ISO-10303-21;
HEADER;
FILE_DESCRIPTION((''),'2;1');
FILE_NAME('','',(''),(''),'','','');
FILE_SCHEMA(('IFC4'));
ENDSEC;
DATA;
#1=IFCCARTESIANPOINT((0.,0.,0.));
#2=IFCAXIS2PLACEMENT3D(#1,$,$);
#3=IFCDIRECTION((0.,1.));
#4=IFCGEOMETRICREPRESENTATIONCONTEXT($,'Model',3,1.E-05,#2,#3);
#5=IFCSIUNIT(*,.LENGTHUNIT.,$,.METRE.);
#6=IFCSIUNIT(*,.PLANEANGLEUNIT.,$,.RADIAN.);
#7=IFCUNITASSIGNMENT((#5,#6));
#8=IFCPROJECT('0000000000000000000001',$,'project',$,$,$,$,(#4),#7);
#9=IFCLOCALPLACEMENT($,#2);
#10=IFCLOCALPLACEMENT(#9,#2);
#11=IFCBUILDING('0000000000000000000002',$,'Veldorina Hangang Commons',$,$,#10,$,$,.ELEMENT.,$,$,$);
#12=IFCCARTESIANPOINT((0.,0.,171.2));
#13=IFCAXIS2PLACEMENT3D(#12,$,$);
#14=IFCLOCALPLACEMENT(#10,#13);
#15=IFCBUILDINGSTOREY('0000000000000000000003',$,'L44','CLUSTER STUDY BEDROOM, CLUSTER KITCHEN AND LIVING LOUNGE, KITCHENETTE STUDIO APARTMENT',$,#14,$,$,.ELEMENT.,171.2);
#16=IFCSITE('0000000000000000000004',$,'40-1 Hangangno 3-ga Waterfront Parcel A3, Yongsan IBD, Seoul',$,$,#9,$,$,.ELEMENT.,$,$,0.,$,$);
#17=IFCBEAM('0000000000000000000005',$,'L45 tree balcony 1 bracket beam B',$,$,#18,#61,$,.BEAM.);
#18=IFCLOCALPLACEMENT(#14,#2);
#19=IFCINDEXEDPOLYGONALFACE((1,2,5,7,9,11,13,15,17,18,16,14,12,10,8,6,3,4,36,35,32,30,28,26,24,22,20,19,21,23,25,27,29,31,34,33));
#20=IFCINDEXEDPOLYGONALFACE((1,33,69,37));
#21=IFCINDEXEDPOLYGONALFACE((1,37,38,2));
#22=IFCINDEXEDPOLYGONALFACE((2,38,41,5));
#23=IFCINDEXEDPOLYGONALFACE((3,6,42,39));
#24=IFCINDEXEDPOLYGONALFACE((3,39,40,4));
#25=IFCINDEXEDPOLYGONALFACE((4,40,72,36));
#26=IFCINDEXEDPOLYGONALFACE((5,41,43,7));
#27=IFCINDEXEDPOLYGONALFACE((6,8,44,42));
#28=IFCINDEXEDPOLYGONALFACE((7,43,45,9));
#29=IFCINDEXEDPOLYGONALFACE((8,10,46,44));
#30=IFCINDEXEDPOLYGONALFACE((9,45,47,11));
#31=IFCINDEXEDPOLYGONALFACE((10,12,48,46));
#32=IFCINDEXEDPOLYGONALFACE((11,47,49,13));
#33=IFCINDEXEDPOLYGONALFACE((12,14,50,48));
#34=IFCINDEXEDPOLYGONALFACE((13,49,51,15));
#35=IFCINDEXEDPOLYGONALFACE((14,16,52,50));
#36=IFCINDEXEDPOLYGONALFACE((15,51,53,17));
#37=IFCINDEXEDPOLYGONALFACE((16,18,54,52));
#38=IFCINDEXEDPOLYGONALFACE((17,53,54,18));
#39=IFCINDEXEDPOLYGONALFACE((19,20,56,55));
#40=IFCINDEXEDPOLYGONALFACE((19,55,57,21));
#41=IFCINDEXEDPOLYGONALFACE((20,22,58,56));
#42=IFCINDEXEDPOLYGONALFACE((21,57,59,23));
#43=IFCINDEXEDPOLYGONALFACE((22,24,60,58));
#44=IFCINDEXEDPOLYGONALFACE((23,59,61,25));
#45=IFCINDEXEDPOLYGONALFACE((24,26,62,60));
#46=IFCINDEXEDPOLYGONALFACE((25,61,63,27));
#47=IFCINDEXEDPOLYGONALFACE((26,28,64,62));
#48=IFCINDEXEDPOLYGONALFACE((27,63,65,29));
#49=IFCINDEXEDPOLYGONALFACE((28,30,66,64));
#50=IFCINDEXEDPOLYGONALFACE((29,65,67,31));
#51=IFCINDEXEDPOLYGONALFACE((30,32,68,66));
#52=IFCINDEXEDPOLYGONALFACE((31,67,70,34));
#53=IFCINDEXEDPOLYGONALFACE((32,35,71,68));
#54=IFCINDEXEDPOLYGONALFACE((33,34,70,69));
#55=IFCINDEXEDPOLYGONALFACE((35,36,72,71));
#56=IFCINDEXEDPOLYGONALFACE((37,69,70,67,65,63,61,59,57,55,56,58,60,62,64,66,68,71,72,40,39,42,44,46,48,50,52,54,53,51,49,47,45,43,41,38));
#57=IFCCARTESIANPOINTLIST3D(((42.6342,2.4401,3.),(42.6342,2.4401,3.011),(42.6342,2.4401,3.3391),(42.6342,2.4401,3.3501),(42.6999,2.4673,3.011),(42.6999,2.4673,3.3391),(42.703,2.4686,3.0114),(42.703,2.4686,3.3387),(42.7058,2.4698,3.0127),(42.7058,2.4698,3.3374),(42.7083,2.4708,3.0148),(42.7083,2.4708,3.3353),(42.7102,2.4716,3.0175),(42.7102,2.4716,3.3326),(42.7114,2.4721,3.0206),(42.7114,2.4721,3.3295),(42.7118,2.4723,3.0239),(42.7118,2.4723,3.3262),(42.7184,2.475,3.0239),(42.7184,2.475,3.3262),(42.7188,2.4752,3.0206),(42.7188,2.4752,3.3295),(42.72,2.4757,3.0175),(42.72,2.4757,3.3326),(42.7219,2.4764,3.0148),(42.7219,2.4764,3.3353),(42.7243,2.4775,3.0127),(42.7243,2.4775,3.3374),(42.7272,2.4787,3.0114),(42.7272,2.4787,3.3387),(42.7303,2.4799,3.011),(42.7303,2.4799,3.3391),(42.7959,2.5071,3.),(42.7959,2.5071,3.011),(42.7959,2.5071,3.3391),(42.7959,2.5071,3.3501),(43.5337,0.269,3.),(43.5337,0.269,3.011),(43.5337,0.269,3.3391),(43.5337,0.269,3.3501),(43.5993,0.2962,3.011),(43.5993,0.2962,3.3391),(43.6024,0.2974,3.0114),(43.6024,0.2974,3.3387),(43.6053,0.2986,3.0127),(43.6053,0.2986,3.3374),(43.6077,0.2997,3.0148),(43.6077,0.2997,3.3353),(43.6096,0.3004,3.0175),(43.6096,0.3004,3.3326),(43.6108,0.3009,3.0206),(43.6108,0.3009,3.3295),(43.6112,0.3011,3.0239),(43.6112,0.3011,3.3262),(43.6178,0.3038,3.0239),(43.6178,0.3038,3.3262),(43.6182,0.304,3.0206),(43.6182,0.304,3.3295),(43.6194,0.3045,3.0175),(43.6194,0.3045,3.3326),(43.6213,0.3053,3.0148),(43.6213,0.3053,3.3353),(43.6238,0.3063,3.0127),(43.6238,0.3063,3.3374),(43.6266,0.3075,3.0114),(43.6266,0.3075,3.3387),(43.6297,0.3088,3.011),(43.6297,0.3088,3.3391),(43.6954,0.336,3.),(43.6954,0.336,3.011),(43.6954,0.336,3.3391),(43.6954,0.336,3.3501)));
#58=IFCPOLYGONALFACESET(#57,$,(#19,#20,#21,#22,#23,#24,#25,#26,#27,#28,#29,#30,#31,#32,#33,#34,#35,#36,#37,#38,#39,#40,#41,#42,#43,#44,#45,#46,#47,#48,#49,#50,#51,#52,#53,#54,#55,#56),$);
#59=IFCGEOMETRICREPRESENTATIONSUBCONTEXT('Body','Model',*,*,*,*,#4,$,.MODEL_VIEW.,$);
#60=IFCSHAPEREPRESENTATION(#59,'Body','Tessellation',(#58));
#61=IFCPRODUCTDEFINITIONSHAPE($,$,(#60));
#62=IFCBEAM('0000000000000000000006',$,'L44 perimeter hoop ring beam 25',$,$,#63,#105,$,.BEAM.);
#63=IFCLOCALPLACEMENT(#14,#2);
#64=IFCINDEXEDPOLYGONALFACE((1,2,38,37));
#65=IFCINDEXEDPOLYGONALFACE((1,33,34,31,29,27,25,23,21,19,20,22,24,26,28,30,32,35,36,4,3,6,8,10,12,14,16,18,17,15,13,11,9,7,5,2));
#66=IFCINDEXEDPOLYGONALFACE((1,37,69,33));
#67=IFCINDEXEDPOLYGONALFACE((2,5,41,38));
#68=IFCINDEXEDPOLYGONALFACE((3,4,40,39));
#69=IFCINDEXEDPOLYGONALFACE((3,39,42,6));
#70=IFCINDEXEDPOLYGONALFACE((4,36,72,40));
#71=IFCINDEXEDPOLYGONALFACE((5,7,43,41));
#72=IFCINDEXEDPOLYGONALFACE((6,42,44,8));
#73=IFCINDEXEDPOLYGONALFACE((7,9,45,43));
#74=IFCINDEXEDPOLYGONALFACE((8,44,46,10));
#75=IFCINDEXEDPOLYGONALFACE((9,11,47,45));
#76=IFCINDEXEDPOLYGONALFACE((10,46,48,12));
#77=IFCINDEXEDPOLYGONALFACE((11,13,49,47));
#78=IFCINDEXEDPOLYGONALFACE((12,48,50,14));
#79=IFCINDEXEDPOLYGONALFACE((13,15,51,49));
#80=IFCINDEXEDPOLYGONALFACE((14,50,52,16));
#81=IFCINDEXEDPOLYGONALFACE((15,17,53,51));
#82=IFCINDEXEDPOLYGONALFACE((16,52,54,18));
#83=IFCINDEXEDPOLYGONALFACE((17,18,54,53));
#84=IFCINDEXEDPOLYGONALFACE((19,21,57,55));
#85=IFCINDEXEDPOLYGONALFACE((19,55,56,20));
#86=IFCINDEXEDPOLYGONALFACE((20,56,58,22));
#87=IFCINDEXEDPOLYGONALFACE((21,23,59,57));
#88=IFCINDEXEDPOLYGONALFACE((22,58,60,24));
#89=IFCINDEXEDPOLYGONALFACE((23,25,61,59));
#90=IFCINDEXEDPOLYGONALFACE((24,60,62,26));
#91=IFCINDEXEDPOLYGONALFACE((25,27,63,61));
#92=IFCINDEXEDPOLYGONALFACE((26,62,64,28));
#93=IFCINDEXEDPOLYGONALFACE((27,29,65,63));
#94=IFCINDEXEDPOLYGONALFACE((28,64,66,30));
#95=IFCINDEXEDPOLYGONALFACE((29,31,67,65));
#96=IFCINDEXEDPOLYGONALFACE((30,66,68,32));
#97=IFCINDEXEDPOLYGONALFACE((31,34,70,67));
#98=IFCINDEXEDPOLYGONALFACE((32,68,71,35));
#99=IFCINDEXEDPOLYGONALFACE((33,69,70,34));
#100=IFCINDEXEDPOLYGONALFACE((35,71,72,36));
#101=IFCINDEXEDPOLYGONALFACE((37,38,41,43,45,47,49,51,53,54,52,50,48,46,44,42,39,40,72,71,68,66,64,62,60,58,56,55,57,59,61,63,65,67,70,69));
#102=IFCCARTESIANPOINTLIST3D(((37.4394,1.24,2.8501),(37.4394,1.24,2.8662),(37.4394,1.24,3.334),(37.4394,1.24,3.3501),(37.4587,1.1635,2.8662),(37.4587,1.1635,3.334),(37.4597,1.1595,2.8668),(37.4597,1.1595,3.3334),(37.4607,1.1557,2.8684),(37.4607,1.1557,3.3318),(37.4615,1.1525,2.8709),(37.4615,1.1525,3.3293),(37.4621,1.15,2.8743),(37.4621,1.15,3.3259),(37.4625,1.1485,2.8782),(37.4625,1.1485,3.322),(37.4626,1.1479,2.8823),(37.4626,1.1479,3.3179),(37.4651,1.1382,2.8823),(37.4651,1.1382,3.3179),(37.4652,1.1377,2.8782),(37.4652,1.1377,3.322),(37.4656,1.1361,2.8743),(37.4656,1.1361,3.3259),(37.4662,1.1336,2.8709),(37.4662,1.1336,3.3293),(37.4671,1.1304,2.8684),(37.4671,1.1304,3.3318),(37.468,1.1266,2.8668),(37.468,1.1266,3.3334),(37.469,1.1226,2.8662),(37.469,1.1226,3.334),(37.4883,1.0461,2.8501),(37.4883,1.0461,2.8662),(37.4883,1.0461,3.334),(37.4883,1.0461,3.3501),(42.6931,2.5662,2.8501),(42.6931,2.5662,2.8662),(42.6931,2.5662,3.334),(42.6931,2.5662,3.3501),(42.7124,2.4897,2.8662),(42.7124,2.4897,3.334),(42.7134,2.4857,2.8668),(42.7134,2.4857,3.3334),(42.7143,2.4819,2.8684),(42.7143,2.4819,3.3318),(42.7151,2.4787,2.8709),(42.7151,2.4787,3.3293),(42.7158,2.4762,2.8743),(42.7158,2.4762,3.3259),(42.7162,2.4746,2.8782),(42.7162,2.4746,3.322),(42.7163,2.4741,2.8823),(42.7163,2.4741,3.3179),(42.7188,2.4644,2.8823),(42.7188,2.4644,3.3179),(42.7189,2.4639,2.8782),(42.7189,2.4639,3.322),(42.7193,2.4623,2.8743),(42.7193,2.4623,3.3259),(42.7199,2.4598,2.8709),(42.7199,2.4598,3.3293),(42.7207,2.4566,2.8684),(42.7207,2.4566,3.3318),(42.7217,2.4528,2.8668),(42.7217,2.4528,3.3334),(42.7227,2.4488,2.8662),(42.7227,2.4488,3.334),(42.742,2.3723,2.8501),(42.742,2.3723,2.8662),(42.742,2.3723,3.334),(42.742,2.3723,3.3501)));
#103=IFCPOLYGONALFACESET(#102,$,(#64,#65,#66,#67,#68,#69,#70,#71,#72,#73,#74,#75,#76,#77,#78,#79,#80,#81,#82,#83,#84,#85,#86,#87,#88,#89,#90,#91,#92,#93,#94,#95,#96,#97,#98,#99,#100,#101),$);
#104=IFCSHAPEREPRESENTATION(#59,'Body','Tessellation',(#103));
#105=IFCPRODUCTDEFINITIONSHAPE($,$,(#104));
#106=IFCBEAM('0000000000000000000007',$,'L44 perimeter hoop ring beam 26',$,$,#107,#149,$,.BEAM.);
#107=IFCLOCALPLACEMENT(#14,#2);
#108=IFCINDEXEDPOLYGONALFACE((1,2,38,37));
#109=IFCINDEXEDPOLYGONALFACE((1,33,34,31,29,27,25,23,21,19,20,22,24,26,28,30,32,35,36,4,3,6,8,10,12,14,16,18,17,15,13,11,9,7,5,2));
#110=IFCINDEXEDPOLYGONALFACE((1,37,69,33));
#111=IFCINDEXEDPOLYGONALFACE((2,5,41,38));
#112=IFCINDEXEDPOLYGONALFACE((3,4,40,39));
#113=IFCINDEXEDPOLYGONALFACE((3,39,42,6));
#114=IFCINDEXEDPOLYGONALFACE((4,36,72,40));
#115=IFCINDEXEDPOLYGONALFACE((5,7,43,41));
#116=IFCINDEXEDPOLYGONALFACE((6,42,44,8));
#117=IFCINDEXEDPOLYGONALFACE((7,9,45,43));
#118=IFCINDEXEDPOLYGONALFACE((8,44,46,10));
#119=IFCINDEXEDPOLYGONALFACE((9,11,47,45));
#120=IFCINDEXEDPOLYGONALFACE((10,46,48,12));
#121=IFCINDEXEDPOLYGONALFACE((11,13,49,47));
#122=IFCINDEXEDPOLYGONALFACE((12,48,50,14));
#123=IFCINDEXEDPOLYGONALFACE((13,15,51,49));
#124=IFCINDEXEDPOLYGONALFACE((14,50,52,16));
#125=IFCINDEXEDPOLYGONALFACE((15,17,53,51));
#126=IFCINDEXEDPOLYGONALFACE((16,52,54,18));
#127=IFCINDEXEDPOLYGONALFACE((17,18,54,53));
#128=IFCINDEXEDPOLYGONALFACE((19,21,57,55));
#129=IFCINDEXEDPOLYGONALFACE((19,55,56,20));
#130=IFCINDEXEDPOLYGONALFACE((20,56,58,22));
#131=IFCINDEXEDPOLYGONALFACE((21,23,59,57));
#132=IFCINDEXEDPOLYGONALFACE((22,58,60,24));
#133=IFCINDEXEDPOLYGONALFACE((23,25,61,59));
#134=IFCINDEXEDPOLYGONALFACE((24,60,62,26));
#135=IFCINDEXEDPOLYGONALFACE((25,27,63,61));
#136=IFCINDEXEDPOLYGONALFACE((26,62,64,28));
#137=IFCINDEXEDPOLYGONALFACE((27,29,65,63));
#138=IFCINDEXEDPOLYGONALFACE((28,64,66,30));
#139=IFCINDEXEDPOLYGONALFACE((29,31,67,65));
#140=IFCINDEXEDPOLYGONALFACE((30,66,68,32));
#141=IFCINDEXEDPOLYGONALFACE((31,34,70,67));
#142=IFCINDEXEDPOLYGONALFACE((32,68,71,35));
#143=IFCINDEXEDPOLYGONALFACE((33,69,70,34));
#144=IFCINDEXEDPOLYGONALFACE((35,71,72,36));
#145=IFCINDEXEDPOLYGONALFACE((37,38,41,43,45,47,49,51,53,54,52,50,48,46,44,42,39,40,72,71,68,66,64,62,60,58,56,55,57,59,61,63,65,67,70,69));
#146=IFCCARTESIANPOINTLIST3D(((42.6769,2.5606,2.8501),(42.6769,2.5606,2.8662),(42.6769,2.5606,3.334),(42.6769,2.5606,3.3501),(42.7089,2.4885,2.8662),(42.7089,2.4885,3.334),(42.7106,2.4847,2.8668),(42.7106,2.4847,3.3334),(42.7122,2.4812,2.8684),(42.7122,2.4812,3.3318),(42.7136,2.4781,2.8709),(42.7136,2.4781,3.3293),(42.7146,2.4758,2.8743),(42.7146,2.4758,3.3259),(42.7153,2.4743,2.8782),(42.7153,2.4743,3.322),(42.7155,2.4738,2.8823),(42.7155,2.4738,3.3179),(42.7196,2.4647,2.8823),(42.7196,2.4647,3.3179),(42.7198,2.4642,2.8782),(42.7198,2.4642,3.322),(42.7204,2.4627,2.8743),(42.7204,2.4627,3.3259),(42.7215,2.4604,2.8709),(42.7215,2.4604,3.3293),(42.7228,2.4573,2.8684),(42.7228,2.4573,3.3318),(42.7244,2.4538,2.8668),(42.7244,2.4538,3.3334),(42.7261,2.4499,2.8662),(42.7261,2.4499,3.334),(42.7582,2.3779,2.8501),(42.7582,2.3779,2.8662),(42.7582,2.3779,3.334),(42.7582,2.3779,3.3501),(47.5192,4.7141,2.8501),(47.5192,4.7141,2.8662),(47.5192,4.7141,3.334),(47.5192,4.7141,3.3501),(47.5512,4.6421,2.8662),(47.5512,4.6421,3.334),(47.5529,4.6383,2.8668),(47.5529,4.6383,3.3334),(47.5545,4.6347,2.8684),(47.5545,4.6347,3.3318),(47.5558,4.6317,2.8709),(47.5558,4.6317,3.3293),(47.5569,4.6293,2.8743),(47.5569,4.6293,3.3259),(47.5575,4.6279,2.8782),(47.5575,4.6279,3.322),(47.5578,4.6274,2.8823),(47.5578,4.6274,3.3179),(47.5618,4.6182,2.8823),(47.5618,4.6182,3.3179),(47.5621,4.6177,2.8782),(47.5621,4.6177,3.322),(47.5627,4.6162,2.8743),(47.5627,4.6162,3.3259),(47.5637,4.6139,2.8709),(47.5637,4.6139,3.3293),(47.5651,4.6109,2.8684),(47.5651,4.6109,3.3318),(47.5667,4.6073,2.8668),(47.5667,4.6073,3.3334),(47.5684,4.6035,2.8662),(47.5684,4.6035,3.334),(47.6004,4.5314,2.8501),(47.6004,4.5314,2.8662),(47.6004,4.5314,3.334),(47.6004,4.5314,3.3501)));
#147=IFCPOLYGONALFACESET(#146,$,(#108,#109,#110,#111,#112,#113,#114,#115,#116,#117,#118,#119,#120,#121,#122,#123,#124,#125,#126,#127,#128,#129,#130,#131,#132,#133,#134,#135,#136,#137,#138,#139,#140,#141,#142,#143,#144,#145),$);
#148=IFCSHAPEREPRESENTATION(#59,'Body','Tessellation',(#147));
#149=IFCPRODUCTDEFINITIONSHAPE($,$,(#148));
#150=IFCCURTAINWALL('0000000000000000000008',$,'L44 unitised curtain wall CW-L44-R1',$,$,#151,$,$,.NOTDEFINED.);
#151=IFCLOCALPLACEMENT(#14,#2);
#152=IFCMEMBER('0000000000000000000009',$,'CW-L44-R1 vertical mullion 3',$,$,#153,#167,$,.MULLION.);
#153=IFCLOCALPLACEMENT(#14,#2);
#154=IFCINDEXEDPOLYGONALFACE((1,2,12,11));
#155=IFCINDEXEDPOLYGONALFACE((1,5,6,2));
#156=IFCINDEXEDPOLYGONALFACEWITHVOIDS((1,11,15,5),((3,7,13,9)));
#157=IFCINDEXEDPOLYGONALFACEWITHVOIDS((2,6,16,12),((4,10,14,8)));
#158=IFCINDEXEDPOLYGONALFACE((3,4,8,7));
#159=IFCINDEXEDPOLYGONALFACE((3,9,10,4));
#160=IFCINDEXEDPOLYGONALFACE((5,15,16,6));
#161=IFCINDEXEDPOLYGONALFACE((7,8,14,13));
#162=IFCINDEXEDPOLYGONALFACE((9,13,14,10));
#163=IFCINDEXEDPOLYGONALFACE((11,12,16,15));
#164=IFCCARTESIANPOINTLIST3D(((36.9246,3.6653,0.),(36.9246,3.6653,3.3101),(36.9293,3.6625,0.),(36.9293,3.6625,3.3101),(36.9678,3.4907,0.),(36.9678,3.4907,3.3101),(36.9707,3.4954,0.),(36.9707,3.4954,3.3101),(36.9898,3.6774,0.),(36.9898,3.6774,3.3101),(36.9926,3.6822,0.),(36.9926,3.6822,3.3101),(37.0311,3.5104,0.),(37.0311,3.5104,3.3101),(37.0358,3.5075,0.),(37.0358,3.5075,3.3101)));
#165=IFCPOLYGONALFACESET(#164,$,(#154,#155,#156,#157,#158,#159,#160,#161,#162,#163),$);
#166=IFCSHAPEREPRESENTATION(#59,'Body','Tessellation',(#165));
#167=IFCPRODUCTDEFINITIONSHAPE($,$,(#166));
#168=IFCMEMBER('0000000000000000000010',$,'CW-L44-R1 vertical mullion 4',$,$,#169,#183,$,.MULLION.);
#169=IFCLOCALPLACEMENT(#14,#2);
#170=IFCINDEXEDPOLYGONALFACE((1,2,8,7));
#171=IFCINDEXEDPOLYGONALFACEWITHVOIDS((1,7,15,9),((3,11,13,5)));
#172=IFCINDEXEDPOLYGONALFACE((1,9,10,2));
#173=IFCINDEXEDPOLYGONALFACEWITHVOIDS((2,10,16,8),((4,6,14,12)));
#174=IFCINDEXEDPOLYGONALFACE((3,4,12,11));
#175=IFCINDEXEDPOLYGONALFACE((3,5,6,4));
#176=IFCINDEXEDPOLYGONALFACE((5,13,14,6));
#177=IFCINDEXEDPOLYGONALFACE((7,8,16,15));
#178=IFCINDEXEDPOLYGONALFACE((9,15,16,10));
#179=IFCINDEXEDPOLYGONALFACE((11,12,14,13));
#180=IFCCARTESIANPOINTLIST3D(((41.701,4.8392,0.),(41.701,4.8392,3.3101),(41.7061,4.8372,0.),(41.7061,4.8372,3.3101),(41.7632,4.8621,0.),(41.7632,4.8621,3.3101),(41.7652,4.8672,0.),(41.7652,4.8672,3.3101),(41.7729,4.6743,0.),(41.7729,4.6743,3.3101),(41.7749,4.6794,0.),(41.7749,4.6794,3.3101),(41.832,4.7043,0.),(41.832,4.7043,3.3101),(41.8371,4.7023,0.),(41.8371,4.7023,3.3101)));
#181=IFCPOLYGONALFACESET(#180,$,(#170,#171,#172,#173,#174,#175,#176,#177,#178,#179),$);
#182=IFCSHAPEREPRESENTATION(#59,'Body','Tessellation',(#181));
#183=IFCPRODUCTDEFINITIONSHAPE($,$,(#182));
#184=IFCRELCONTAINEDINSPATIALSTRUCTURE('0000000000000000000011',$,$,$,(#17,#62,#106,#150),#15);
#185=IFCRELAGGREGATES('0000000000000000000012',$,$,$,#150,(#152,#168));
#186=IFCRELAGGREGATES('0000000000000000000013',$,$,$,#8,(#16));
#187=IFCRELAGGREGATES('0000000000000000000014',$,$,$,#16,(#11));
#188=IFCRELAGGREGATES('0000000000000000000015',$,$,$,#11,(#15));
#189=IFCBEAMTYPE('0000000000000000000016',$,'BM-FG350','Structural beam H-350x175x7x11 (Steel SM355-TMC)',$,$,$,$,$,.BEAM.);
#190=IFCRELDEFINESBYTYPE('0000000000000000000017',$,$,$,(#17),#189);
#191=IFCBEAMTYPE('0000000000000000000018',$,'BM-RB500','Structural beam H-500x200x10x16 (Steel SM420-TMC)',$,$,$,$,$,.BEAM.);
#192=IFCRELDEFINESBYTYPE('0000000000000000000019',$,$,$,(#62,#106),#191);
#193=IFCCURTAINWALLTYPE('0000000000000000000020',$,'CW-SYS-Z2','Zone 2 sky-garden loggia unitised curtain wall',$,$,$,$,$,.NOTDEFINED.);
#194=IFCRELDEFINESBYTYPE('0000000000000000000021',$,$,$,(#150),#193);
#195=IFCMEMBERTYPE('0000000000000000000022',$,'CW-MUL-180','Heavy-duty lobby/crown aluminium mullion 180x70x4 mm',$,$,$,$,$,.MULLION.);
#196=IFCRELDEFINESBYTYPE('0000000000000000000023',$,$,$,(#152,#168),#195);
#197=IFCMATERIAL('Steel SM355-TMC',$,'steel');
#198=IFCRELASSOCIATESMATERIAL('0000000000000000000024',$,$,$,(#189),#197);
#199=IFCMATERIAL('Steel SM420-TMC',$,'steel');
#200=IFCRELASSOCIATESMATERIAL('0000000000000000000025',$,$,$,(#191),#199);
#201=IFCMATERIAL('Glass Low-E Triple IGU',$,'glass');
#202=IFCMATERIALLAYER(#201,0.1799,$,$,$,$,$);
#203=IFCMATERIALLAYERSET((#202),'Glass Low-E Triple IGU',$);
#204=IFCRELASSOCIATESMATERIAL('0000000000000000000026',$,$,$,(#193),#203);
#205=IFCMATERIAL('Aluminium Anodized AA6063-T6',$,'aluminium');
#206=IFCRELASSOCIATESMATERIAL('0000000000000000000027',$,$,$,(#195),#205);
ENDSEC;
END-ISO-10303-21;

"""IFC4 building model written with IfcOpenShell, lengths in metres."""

from ifc_helpers import new_model, si_unit, direction, frame, origin, origin_2d, place, context, subcontext, project, spatial, hollow_rectangle, i_section, extrude, material, layer, layer_set, material_profile, profile_set, type_object, element, aggregate, save


model = new_model("IFC4")

# Units and contexts
model_context = context("Model", 3, precision=1e-05, world=origin(), true_north=direction((0.0, 1.0)))
body_context = subcontext(model_context, "Body", "Model", "MODEL_VIEW")
ifc_project = project(units=[si_unit("LENGTHUNIT", "METRE"), si_unit("PLANEANGLEUNIT", "RADIAN")], contexts=[model_context])

# Site, building, storey
site_placement = place(None, origin())
site = spatial("IfcSite", under=ifc_project, at=site_placement, Name="40-1 Hangangno 3-ga Waterfront Parcel A3, Yongsan IBD, Seoul", CompositionType="ELEMENT", RefElevation=0.0)
building_placement = place(site_placement, origin())
building = spatial("IfcBuilding", under=site, at=building_placement, Name="Veldorina Hangang Commons", CompositionType="ELEMENT")
storey_placement = place(building_placement, frame((0.0, 0.0, 171.2)))
storey = spatial("IfcBuildingStorey", under=building, at=storey_placement, Name="L44", Description="CLUSTER STUDY BEDROOM, CLUSTER KITCHEN AND LIVING LOUNGE, KITCHENETTE STUDIO APARTMENT", CompositionType="ELEMENT", Elevation=171.2)

# Beams
ifc_material_1 = material(Name="Steel SM355-TMC", Category="steel")
ifc_material_profile_1 = material_profile(ifc_material_1, i_section(OverallWidth=0.175, OverallDepth=0.3501, WebThickness=0.0071, FlangeThickness=0.011, FilletRadius=0.0129, at=origin_2d()), Name="H-350x175x7x11")
ifc_profile_set_1 = profile_set([ifc_material_profile_1], Name="Steel SM355-TMC")
beam_type_1 = type_object("IfcBeamType", Name="BM-FG350", Description="Structural beam H-350x175x7x11 (Steel SM355-TMC)", PredefinedType="BEAM", material=ifc_profile_set_1)
beam_1_placement = place(storey_placement, frame((42.7151, 2.4736, 3.175), z_axis=(0.382719, -0.923865, 0.0), x_axis=(0.923865, 0.382719, 0.0)))
element("IfcBeam", 1, at=beam_1_placement, inside=storey, type_object=beam_type_1, Name="L45 tree balcony 1 bracket beam B", PredefinedType="BEAM", context=body_context, shape_type="SweptSolid", body=[
    extrude(i_section(OverallWidth=0.175, OverallDepth=0.3501, WebThickness=0.0071, FlangeThickness=0.011, FilletRadius=0.0129, at=origin_2d()), origin(), (0.0, 0.0, 1.0), 2.3501),
])
ifc_material_2 = material(Name="Steel SM420-TMC", Category="steel")
ifc_material_profile_2 = material_profile(ifc_material_2, i_section(OverallWidth=0.2, OverallDepth=0.5, WebThickness=0.01, FlangeThickness=0.0161, FilletRadius=0.0161, at=origin_2d()), Name="H-500x200x10x16")
ifc_profile_set_2 = profile_set([ifc_material_profile_2], Name="Steel SM420-TMC")
beam_type_2 = type_object("IfcBeamType", Name="BM-RB500", Description="Structural beam H-500x200x10x16 (Steel SM420-TMC)", PredefinedType="BEAM", material=ifc_profile_set_2)
beam_2_placement = place(storey_placement, frame((37.4639, 1.1431, 3.1001), z_axis=(0.969586, 0.244751, 0.0), x_axis=(-0.244751, 0.969586, 0.0)))
element("IfcBeam", 2, at=beam_2_placement, inside=storey, type_object=beam_type_2, Name="L44 perimeter hoop ring beam 25", PredefinedType="BEAM", context=body_context, shape_type="SweptSolid", body=[
    extrude(i_section(OverallWidth=0.2, OverallDepth=0.5, WebThickness=0.01, FlangeThickness=0.0161, FilletRadius=0.0161, at=origin_2d()), origin(), (0.0, 0.0, 1.0), 5.4185),
])
beam_3_placement = place(storey_placement, frame((42.7175, 2.4692, 3.1001), z_axis=(0.913711, 0.406365, 0.0), x_axis=(-0.406365, 0.913711, 0.0)))
element("IfcBeam", 3, at=beam_3_placement, inside=storey, type_object=beam_type_2, Name="L44 perimeter hoop ring beam 26", PredefinedType="BEAM", context=body_context, shape_type="SweptSolid", body=[
    extrude(i_section(OverallWidth=0.2, OverallDepth=0.5, WebThickness=0.01, FlangeThickness=0.0161, FilletRadius=0.0161, at=origin_2d()), origin(), (0.0, 0.0, 1.0), 5.2996),
])

# Curtain wall, members
ifc_material_3 = material(Name="Glass Low-E Triple IGU", Category="glass")
ifc_layer_1 = layer(ifc_material_3, 0.1799)
ifc_layer_set_1 = layer_set([ifc_layer_1], Name="Glass Low-E Triple IGU")
curtain_wall_type = type_object("IfcCurtainWallType", Name="CW-SYS-Z2", Description="Zone 2 sky-garden loggia unitised curtain wall", PredefinedType="NOTDEFINED", material=ifc_layer_set_1)
curtain_wall_placement = place(storey_placement, origin())
curtain_wall = element("IfcCurtainWall", 4, at=curtain_wall_placement, inside=storey, type_object=curtain_wall_type, Name="L44 unitised curtain wall CW-L44-R1", PredefinedType="NOTDEFINED")
ifc_material_4 = material(Name="Aluminium Anodized AA6063-T6", Category="aluminium")
ifc_material_profile_3 = material_profile(ifc_material_4, hollow_rectangle(XDim=0.0701, YDim=0.1799, WallThickness=0.0039, at=origin_2d()), Name="ALU-RHS-180x70x4")
ifc_profile_set_3 = profile_set([ifc_material_profile_3], Name="Aluminium Anodized AA6063-T6")
member_type_1 = type_object("IfcMemberType", Name="CW-MUL-180", Description="Heavy-duty lobby/crown aluminium mullion 180x70x4 mm", PredefinedType="MULLION", material=ifc_profile_set_3)
member_1_placement = place(storey_placement, frame((36.9802, 3.5864, 0.0), z_axis=(0.0, 0.0, 1.0), x_axis=(0.97075, 0.240093, 0.0)))
member_1 = element("IfcMember", 5, at=member_1_placement, type_object=member_type_1, Name="CW-L44-R1 vertical mullion 3", PredefinedType="MULLION", context=body_context, shape_type="SweptSolid", body=[
    extrude(hollow_rectangle(XDim=0.0701, YDim=0.1799, WallThickness=0.0039, at=origin_2d()), origin(), (0.0, 0.0, 1.0), 3.3101),
])
member_2_placement = place(storey_placement, frame((41.769, 4.7708, 0.0), z_axis=(0.0, 0.0, 1.0), x_axis=(0.916726, 0.399517, 0.0)))
member_2 = element("IfcMember", 6, at=member_2_placement, type_object=member_type_1, Name="CW-L44-R1 vertical mullion 4", PredefinedType="MULLION", context=body_context, shape_type="SweptSolid", body=[
    extrude(hollow_rectangle(XDim=0.0701, YDim=0.1799, WallThickness=0.0039, at=origin_2d()), origin(), (0.0, 0.0, 1.0), 3.3101),
])

aggregate(curtain_wall, [member_1, member_2])

save(model, "model.ifc")
